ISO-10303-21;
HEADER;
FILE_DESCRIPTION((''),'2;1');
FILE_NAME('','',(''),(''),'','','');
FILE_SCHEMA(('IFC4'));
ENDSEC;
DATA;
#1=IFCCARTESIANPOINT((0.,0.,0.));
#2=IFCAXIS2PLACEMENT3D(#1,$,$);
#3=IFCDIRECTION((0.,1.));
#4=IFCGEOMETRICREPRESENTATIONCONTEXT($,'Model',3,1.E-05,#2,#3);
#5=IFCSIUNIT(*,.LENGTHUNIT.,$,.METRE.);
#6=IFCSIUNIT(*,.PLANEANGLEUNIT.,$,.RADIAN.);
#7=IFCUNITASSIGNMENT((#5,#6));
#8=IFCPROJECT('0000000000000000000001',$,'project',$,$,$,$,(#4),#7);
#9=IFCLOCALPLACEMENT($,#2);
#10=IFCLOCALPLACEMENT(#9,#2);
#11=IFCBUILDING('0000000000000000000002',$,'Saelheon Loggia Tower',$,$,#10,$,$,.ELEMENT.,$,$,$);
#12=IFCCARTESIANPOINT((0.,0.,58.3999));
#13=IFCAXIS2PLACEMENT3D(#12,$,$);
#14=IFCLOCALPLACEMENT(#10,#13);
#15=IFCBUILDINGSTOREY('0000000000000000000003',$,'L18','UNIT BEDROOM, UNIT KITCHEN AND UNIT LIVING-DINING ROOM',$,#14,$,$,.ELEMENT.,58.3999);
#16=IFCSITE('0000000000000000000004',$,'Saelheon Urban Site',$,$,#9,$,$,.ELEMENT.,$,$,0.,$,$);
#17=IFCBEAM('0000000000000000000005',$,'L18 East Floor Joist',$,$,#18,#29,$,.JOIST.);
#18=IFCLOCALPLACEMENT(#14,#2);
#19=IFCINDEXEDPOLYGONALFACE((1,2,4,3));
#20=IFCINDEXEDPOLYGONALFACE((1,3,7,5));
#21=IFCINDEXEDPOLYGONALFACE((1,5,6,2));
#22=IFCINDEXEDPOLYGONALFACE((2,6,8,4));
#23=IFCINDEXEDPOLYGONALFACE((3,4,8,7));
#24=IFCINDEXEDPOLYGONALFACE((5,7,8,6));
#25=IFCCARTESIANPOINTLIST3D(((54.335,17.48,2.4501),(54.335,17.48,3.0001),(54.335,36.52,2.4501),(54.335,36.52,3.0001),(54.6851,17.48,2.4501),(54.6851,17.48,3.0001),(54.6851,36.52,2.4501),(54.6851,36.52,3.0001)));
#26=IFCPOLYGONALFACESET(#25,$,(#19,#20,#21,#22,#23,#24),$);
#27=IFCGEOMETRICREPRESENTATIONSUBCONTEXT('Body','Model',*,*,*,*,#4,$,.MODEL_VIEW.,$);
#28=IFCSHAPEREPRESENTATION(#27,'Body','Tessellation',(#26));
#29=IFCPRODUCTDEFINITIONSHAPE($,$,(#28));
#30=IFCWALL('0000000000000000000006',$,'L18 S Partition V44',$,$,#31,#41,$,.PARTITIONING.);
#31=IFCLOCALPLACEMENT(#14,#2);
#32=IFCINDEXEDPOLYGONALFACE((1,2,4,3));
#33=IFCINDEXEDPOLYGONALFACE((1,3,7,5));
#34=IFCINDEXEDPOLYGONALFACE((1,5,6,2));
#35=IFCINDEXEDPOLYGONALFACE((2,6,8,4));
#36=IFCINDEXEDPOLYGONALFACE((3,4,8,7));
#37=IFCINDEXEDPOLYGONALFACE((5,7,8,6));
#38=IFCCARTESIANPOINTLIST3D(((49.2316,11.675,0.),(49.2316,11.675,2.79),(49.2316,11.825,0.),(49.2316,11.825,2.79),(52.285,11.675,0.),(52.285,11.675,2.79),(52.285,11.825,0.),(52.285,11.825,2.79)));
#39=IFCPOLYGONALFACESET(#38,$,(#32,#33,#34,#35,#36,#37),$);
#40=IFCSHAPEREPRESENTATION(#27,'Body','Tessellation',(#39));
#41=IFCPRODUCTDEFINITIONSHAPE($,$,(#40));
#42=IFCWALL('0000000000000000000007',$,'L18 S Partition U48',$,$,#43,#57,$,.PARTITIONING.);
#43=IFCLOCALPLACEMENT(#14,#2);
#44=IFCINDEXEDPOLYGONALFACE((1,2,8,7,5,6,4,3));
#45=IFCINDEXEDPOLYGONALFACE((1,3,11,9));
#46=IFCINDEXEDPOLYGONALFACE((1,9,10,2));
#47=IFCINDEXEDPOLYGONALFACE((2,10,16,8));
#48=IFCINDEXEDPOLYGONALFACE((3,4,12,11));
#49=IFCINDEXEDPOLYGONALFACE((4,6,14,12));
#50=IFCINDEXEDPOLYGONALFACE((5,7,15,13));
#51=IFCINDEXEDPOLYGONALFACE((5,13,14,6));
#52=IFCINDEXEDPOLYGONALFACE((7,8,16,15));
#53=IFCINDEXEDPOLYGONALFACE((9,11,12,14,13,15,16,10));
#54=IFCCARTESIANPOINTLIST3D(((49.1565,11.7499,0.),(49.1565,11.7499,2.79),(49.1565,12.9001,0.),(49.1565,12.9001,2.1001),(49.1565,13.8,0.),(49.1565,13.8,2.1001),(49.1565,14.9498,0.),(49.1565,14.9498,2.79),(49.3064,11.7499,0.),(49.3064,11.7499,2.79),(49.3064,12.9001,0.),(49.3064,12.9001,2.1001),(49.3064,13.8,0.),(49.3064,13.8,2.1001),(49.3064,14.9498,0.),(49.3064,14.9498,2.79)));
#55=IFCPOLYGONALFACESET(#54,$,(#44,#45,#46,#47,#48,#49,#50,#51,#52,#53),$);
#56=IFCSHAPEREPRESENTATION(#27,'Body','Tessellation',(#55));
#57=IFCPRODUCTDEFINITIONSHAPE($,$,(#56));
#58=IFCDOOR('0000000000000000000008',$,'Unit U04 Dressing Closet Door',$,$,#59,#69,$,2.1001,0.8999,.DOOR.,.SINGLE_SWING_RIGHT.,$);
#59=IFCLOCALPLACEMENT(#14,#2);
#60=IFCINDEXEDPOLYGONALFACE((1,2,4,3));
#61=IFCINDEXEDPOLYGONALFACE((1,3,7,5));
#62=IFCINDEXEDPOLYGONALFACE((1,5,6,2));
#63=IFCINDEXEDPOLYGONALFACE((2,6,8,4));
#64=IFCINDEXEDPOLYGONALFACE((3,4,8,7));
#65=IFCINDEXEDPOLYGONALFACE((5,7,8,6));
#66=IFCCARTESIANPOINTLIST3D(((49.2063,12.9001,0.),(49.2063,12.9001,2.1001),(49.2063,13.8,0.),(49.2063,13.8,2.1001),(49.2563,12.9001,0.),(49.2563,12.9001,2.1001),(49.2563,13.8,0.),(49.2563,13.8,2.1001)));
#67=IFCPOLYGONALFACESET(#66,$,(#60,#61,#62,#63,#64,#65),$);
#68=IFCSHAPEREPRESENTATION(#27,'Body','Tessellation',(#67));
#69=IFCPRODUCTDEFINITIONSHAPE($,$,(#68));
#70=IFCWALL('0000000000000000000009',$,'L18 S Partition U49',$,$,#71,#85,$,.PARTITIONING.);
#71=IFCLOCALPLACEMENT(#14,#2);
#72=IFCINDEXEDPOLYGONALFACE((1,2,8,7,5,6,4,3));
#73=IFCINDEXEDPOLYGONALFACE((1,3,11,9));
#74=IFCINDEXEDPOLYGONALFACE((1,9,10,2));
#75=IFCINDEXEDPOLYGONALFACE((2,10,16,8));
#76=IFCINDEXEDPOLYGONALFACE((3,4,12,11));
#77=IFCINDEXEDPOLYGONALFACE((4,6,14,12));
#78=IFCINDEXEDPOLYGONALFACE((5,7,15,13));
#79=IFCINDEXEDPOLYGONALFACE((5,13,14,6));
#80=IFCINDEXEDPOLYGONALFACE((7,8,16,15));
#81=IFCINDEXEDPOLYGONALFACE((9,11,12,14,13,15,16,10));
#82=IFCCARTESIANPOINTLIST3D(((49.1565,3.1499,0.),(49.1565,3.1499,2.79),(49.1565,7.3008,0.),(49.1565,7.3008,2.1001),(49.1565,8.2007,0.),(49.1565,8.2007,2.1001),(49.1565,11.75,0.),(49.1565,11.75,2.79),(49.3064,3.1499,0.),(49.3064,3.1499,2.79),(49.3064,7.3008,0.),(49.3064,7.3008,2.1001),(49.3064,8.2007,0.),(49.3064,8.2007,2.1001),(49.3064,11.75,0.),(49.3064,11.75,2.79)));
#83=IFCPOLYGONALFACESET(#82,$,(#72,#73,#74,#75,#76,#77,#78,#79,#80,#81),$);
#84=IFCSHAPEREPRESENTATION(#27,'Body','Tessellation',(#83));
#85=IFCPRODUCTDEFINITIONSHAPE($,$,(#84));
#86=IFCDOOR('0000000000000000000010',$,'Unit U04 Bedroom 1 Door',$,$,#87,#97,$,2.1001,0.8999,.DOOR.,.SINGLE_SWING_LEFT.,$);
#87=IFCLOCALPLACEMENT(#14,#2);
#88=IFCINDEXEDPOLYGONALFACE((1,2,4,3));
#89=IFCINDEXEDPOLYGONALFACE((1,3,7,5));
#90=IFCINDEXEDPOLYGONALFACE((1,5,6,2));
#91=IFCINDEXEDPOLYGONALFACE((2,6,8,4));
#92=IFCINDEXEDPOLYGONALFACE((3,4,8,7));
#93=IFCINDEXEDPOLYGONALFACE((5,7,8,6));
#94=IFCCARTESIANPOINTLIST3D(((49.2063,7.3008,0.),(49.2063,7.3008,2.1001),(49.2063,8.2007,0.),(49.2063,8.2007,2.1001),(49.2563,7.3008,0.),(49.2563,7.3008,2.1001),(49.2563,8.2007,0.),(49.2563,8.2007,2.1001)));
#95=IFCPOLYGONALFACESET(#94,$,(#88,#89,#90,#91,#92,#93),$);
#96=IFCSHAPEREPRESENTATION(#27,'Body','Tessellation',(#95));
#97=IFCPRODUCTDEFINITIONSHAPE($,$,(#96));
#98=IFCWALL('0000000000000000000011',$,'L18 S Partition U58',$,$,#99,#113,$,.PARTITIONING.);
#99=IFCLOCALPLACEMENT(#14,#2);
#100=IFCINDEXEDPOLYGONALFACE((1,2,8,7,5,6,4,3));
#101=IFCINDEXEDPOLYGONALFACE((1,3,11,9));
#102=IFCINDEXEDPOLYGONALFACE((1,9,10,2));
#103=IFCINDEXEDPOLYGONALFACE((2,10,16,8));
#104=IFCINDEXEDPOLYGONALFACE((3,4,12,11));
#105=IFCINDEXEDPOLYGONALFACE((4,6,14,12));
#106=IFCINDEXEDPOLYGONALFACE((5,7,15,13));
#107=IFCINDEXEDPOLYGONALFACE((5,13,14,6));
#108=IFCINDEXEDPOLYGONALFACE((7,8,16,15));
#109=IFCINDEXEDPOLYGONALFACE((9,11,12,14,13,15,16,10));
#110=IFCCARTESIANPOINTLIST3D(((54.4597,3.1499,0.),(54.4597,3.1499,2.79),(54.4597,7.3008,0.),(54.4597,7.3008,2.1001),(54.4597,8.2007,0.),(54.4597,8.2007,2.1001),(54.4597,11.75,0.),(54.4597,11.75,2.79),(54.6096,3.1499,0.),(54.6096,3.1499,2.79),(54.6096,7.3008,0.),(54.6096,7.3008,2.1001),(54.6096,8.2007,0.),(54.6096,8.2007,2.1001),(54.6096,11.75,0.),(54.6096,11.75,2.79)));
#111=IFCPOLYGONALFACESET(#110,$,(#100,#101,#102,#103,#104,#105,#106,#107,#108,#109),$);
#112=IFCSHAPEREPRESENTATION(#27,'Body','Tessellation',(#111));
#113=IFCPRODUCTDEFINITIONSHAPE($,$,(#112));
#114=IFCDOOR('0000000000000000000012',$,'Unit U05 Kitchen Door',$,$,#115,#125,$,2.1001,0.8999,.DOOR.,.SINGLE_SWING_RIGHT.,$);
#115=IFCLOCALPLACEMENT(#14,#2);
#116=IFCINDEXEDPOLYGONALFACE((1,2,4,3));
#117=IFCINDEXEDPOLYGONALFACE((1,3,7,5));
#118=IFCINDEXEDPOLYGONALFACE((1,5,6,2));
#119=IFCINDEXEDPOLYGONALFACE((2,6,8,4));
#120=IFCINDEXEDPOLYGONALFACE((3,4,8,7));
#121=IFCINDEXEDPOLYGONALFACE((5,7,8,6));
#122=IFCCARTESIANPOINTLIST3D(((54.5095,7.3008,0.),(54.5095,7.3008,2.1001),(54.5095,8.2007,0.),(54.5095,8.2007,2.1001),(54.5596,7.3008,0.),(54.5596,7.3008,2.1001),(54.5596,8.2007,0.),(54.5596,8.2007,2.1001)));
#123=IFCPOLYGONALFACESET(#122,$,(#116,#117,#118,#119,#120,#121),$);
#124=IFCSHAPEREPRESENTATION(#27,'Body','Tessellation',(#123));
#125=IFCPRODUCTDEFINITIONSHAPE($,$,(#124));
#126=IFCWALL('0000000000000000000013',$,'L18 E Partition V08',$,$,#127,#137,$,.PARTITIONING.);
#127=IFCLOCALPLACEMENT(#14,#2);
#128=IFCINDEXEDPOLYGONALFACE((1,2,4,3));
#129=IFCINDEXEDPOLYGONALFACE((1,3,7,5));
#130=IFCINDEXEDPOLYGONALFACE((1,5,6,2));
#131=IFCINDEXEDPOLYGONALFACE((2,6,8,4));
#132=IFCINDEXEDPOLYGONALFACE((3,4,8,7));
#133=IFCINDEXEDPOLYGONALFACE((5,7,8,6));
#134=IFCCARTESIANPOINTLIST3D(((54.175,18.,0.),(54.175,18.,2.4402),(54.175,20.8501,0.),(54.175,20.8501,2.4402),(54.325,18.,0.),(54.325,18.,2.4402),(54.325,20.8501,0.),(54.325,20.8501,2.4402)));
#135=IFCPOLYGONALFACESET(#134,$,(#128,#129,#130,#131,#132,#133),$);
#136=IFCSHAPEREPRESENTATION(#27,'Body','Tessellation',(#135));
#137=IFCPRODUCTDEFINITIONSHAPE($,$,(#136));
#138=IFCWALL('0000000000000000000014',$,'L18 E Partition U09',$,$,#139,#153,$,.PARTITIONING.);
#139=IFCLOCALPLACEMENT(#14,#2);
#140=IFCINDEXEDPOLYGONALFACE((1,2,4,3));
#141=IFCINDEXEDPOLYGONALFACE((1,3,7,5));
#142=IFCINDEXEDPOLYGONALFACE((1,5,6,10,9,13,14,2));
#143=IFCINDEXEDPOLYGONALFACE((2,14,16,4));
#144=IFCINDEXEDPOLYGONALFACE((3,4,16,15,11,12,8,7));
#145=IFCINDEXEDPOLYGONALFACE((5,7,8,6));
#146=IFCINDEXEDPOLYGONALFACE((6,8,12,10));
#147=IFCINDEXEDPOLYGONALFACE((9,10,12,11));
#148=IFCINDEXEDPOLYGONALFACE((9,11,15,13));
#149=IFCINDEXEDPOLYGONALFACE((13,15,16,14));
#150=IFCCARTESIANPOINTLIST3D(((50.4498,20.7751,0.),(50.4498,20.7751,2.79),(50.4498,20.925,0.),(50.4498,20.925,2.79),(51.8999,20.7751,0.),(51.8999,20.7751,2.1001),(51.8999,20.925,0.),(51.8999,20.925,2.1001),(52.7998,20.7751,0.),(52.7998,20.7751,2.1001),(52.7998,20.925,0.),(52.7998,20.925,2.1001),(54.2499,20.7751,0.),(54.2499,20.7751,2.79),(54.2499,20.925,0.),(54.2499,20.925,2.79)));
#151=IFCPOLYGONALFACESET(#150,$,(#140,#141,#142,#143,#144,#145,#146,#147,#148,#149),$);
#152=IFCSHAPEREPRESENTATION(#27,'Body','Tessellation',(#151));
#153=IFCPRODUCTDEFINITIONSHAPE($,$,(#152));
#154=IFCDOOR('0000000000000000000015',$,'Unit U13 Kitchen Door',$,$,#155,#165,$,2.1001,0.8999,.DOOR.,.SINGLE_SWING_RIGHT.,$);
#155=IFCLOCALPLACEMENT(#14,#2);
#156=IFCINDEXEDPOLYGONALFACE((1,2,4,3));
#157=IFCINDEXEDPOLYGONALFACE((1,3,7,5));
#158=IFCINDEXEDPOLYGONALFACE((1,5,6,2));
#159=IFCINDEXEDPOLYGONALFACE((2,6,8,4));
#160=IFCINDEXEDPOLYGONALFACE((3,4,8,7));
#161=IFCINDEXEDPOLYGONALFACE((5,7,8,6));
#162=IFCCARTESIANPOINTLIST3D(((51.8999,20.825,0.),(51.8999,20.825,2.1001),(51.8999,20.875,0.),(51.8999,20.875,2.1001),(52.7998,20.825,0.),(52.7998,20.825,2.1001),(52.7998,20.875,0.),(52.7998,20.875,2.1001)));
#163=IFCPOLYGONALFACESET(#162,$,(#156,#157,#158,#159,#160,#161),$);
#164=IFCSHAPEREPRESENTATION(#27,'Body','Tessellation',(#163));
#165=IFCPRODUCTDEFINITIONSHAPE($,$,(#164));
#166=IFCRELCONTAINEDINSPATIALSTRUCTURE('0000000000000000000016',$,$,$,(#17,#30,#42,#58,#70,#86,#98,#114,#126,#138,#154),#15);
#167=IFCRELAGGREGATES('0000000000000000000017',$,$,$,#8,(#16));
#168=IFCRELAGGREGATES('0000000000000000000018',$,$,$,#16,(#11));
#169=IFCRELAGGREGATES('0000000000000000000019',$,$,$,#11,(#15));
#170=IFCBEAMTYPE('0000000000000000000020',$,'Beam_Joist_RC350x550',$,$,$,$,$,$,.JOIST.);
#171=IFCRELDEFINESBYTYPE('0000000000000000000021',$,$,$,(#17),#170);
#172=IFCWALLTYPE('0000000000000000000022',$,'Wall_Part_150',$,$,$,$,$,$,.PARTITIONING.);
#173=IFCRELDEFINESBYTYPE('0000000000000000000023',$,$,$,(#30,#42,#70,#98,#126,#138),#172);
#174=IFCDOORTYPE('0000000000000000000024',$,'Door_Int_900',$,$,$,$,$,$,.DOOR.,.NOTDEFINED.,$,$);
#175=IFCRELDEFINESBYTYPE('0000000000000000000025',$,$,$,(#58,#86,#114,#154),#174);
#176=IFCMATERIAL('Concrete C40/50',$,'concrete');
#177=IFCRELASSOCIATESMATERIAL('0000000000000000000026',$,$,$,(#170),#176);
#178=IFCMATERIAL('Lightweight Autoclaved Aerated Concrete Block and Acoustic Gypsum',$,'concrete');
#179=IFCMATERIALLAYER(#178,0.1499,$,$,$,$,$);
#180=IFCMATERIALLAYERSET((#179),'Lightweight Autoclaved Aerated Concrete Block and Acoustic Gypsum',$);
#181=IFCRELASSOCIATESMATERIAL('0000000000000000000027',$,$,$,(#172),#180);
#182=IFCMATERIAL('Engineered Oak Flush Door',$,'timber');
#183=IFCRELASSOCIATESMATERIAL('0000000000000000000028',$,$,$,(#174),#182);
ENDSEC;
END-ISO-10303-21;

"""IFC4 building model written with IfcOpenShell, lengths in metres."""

from ifc_helpers import new_model, si_unit, direction, frame, frame_2d, origin, origin_2d, place, context, subcontext, project, spatial, rectangle, extrude, source, transform, mapped, material, layer, layer_set, material_profile, profile_set, type_object, element, fill, save


model = new_model("IFC4")

# Units and contexts
model_context = context("Model", 3, precision=1e-05, world=origin(), true_north=direction((0.0, 1.0)))
body_context = subcontext(model_context, "Body", "Model", "MODEL_VIEW")
ifc_project = project(units=[si_unit("LENGTHUNIT", "METRE"), si_unit("PLANEANGLEUNIT", "RADIAN")], contexts=[model_context])

# Site, building, storey
site_placement = place(None, origin())
site = spatial("IfcSite", under=ifc_project, at=site_placement, Name="Saelheon Urban Site", CompositionType="ELEMENT", RefElevation=0.0)
building_placement = place(site_placement, origin())
building = spatial("IfcBuilding", under=site, at=building_placement, Name="Saelheon Loggia Tower", CompositionType="ELEMENT")
storey_placement = place(building_placement, frame((0.0, 0.0, 58.3999)))
storey = spatial("IfcBuildingStorey", under=building, at=storey_placement, Name="L18", Description="UNIT BEDROOM, UNIT KITCHEN AND UNIT LIVING-DINING ROOM", CompositionType="ELEMENT", Elevation=58.3999)

# Beam
ifc_material_1 = material(Name="Concrete C40/50", Category="concrete")
ifc_material_profile = material_profile(ifc_material_1, rectangle(XDim=0.3501, YDim=0.55, at=origin_2d()), Name="RC-350x550")
ifc_profile_set = profile_set([ifc_material_profile], Name="Concrete C40/50")
beam_type = type_object("IfcBeamType", Name="Beam_Joist_RC350x550", PredefinedType="JOIST", material=ifc_profile_set)
shared_shape_1 = source(origin(), body_context, "Body", "SweptSolid", [
    extrude(rectangle(XDim=0.3501, YDim=0.55, at=origin_2d()), origin(), (0.0, 0.0, 1.0), 19.04),
])
beam_placement = place(storey_placement, frame((54.51, 17.48, 2.7251), z_axis=(0.0, 1.0, 0.0), x_axis=(-1.0, 0.0, 0.0)))
element("IfcBeam", 1, at=beam_placement, inside=storey, type_object=beam_type, Name="L18 East Floor Joist", PredefinedType="JOIST", context=body_context, shape_type="MappedRepresentation", body=[
    mapped(shared_shape_1, transform((0.0, 0.0, 0.0), scale=1.0)),
])

# Wall
ifc_material_2 = material(Name="Lightweight Autoclaved Aerated Concrete Block and Acoustic Gypsum", Category="concrete")
ifc_layer_1 = layer(ifc_material_2, 0.1499)
ifc_layer_set_1 = layer_set([ifc_layer_1], Name="Lightweight Autoclaved Aerated Concrete Block and Acoustic Gypsum")
wall_type_1 = type_object("IfcWallType", Name="Wall_Part_150", PredefinedType="PARTITIONING", material=ifc_layer_set_1)
wall_1_placement = place(storey_placement, frame((49.2314, 11.75, 0.0), z_axis=(0.0, 0.0, 1.0), x_axis=(1.0, 0.0, 0.0)))
element("IfcWall", 2, at=wall_1_placement, inside=storey, type_object=wall_type_1, Name="L18 S Partition V44", PredefinedType="PARTITIONING", context=body_context, shape_type="SweptSolid", body=[
    extrude(rectangle(XDim=3.0535, YDim=0.1499, at=frame_2d((1.5269, 0.0))), origin(), (0.0, 0.0, 1.0), 2.79),
])

# Walls, openings, doors
wall_2_placement = place(storey_placement, frame((49.2314, 14.95, 0.0), z_axis=(0.0, 0.0, 1.0), x_axis=(0.0, -1.0, 0.0)))
wall_2 = element("IfcWall", 3, at=wall_2_placement, inside=storey, type_object=wall_type_1, Name="L18 S Partition U48", PredefinedType="PARTITIONING", context=body_context, shape_type="SweptSolid", body=[
    extrude(rectangle(XDim=3.2, YDim=0.1499, at=frame_2d((1.6001, 0.0))), origin(), (0.0, 0.0, 1.0), 2.79),
])
opening_1_placement = place(wall_2_placement, frame((1.1499, 0.0, 0.0)))
opening_1 = element("IfcOpeningElement", 4, at=opening_1_placement, cuts=wall_2, PredefinedType="OPENING", context=body_context, shape_type="SweptSolid", body=[
    extrude(rectangle(XDim=0.8999, YDim=2.1001, at=frame_2d((0.45, 1.05))), frame((0.0, 0.0869, 0.0), z_axis=(0.0, -1.0, 0.0), x_axis=(1.0, 0.0, 0.0)), (0.0, 0.0, 1.0), 0.1738),
])
ifc_material_3 = material(Name="Engineered Oak Flush Door", Category="timber")
door_type_1 = type_object("IfcDoorType", Name="Door_Int_900", OperationType="NOTDEFINED", PredefinedType="DOOR", material=ifc_material_3)
shared_shape_2 = source(origin(), body_context, "Body", "SweptSolid", [
    extrude(rectangle(XDim=0.8999, YDim=2.1001, at=frame_2d((0.45, 1.05))), frame((0.0, 0.0249, 0.0), z_axis=(0.0, -1.0, 0.0), x_axis=(1.0, 0.0, 0.0)), (0.0, 0.0, 1.0), 0.05),
])
door_1_placement = place(opening_1_placement, origin())
door_1 = element("IfcDoor", 5, at=door_1_placement, inside=storey, type_object=door_type_1, Name="Unit U04 Dressing Closet Door", OperationType="SINGLE_SWING_RIGHT", OverallHeight=2.1001, OverallWidth=0.8999, PredefinedType="DOOR", context=body_context, shape_type="MappedRepresentation", body=[
    mapped(shared_shape_2, transform((0.0, 0.0, 0.0), scale=1.0)),
])
fill(opening_1, door_1)
wall_3_placement = place(storey_placement, frame((49.2314, 11.75, 0.0), z_axis=(0.0, 0.0, 1.0), x_axis=(0.0, -1.0, 0.0)))
wall_3 = element("IfcWall", 6, at=wall_3_placement, inside=storey, type_object=wall_type_1, Name="L18 S Partition U49", PredefinedType="PARTITIONING", context=body_context, shape_type="SweptSolid", body=[
    extrude(rectangle(XDim=8.6001, YDim=0.1499, at=frame_2d((4.3, 0.0))), origin(), (0.0, 0.0, 1.0), 2.79),
])
opening_2_placement = place(wall_3_placement, frame((3.5493, 0.0, 0.0)))
opening_2 = element("IfcOpeningElement", 7, at=opening_2_placement, cuts=wall_3, PredefinedType="OPENING", context=body_context, shape_type="SweptSolid", body=[
    extrude(rectangle(XDim=0.8999, YDim=2.1001, at=frame_2d((0.45, 1.05))), frame((0.0, 0.0869, 0.0), z_axis=(0.0, -1.0, 0.0), x_axis=(1.0, 0.0, 0.0)), (0.0, 0.0, 1.0), 0.1738),
])
door_2_placement = place(opening_2_placement, origin())
door_2 = element("IfcDoor", 8, at=door_2_placement, inside=storey, type_object=door_type_1, Name="Unit U04 Bedroom 1 Door", OperationType="SINGLE_SWING_LEFT", OverallHeight=2.1001, OverallWidth=0.8999, PredefinedType="DOOR", context=body_context, shape_type="MappedRepresentation", body=[
    mapped(shared_shape_2, transform((0.0, 0.0, 0.0), scale=1.0)),
])
fill(opening_2, door_2)
wall_4_placement = place(storey_placement, frame((54.5347, 11.75, 0.0), z_axis=(0.0, 0.0, 1.0), x_axis=(0.0, -1.0, 0.0)))
wall_4 = element("IfcWall", 9, at=wall_4_placement, inside=storey, type_object=wall_type_1, Name="L18 S Partition U58", PredefinedType="PARTITIONING", context=body_context, shape_type="SweptSolid", body=[
    extrude(rectangle(XDim=8.6001, YDim=0.1499, at=frame_2d((4.3, 0.0))), origin(), (0.0, 0.0, 1.0), 2.79),
])
opening_3_placement = place(wall_4_placement, frame((3.5493, 0.0, 0.0)))
opening_3 = element("IfcOpeningElement", 10, at=opening_3_placement, cuts=wall_4, PredefinedType="OPENING", context=body_context, shape_type="SweptSolid", body=[
    extrude(rectangle(XDim=0.8999, YDim=2.1001, at=frame_2d((0.45, 1.05))), frame((0.0, 0.0869, 0.0), z_axis=(0.0, -1.0, 0.0), x_axis=(1.0, 0.0, 0.0)), (0.0, 0.0, 1.0), 0.1738),
])
door_3_placement = place(opening_3_placement, origin())
door_3 = element("IfcDoor", 11, at=door_3_placement, inside=storey, type_object=door_type_1, Name="Unit U05 Kitchen Door", OperationType="SINGLE_SWING_RIGHT", OverallHeight=2.1001, OverallWidth=0.8999, PredefinedType="DOOR", context=body_context, shape_type="MappedRepresentation", body=[
    mapped(shared_shape_2, transform((0.0, 0.0, 0.0), scale=1.0)),
])
fill(opening_3, door_3)

# Wall
wall_5_placement = place(storey_placement, frame((54.25, 18.0, 0.0), z_axis=(0.0, 0.0, 1.0), x_axis=(0.0, 1.0, 0.0)))
element("IfcWall", 12, at=wall_5_placement, inside=storey, type_object=wall_type_1, Name="L18 E Partition V08", PredefinedType="PARTITIONING", context=body_context, shape_type="SweptSolid", body=[
    extrude(rectangle(XDim=2.8501, YDim=0.1499, at=frame_2d((1.425, 0.0))), origin(), (0.0, 0.0, 1.0), 2.4402),
])

# Wall, opening, door
wall_6_placement = place(storey_placement, frame((50.45, 20.8501, 0.0), z_axis=(0.0, 0.0, 1.0), x_axis=(1.0, 0.0, 0.0)))
wall_6 = element("IfcWall", 13, at=wall_6_placement, inside=storey, type_object=wall_type_1, Name="L18 E Partition U09", PredefinedType="PARTITIONING", context=body_context, shape_type="SweptSolid", body=[
    extrude(rectangle(XDim=3.8, YDim=0.1499, at=frame_2d((1.8999, 0.0))), origin(), (0.0, 0.0, 1.0), 2.79),
])
opening_4_placement = place(wall_6_placement, frame((1.45, 0.0, 0.0)))
opening_4 = element("IfcOpeningElement", 14, at=opening_4_placement, cuts=wall_6, PredefinedType="OPENING", context=body_context, shape_type="SweptSolid", body=[
    extrude(rectangle(XDim=0.8999, YDim=2.1001, at=frame_2d((0.45, 1.05))), frame((0.0, 0.0869, 0.0), z_axis=(0.0, -1.0, 0.0), x_axis=(1.0, 0.0, 0.0)), (0.0, 0.0, 1.0), 0.1738),
])
door_4_placement = place(opening_4_placement, origin())
door_4 = element("IfcDoor", 15, at=door_4_placement, inside=storey, type_object=door_type_1, Name="Unit U13 Kitchen Door", OperationType="SINGLE_SWING_RIGHT", OverallHeight=2.1001, OverallWidth=0.8999, PredefinedType="DOOR", context=body_context, shape_type="MappedRepresentation", body=[
    mapped(shared_shape_2, transform((0.0, 0.0, 0.0), scale=1.0)),
])
fill(opening_4, door_4)

save(model, "model.ifc")
